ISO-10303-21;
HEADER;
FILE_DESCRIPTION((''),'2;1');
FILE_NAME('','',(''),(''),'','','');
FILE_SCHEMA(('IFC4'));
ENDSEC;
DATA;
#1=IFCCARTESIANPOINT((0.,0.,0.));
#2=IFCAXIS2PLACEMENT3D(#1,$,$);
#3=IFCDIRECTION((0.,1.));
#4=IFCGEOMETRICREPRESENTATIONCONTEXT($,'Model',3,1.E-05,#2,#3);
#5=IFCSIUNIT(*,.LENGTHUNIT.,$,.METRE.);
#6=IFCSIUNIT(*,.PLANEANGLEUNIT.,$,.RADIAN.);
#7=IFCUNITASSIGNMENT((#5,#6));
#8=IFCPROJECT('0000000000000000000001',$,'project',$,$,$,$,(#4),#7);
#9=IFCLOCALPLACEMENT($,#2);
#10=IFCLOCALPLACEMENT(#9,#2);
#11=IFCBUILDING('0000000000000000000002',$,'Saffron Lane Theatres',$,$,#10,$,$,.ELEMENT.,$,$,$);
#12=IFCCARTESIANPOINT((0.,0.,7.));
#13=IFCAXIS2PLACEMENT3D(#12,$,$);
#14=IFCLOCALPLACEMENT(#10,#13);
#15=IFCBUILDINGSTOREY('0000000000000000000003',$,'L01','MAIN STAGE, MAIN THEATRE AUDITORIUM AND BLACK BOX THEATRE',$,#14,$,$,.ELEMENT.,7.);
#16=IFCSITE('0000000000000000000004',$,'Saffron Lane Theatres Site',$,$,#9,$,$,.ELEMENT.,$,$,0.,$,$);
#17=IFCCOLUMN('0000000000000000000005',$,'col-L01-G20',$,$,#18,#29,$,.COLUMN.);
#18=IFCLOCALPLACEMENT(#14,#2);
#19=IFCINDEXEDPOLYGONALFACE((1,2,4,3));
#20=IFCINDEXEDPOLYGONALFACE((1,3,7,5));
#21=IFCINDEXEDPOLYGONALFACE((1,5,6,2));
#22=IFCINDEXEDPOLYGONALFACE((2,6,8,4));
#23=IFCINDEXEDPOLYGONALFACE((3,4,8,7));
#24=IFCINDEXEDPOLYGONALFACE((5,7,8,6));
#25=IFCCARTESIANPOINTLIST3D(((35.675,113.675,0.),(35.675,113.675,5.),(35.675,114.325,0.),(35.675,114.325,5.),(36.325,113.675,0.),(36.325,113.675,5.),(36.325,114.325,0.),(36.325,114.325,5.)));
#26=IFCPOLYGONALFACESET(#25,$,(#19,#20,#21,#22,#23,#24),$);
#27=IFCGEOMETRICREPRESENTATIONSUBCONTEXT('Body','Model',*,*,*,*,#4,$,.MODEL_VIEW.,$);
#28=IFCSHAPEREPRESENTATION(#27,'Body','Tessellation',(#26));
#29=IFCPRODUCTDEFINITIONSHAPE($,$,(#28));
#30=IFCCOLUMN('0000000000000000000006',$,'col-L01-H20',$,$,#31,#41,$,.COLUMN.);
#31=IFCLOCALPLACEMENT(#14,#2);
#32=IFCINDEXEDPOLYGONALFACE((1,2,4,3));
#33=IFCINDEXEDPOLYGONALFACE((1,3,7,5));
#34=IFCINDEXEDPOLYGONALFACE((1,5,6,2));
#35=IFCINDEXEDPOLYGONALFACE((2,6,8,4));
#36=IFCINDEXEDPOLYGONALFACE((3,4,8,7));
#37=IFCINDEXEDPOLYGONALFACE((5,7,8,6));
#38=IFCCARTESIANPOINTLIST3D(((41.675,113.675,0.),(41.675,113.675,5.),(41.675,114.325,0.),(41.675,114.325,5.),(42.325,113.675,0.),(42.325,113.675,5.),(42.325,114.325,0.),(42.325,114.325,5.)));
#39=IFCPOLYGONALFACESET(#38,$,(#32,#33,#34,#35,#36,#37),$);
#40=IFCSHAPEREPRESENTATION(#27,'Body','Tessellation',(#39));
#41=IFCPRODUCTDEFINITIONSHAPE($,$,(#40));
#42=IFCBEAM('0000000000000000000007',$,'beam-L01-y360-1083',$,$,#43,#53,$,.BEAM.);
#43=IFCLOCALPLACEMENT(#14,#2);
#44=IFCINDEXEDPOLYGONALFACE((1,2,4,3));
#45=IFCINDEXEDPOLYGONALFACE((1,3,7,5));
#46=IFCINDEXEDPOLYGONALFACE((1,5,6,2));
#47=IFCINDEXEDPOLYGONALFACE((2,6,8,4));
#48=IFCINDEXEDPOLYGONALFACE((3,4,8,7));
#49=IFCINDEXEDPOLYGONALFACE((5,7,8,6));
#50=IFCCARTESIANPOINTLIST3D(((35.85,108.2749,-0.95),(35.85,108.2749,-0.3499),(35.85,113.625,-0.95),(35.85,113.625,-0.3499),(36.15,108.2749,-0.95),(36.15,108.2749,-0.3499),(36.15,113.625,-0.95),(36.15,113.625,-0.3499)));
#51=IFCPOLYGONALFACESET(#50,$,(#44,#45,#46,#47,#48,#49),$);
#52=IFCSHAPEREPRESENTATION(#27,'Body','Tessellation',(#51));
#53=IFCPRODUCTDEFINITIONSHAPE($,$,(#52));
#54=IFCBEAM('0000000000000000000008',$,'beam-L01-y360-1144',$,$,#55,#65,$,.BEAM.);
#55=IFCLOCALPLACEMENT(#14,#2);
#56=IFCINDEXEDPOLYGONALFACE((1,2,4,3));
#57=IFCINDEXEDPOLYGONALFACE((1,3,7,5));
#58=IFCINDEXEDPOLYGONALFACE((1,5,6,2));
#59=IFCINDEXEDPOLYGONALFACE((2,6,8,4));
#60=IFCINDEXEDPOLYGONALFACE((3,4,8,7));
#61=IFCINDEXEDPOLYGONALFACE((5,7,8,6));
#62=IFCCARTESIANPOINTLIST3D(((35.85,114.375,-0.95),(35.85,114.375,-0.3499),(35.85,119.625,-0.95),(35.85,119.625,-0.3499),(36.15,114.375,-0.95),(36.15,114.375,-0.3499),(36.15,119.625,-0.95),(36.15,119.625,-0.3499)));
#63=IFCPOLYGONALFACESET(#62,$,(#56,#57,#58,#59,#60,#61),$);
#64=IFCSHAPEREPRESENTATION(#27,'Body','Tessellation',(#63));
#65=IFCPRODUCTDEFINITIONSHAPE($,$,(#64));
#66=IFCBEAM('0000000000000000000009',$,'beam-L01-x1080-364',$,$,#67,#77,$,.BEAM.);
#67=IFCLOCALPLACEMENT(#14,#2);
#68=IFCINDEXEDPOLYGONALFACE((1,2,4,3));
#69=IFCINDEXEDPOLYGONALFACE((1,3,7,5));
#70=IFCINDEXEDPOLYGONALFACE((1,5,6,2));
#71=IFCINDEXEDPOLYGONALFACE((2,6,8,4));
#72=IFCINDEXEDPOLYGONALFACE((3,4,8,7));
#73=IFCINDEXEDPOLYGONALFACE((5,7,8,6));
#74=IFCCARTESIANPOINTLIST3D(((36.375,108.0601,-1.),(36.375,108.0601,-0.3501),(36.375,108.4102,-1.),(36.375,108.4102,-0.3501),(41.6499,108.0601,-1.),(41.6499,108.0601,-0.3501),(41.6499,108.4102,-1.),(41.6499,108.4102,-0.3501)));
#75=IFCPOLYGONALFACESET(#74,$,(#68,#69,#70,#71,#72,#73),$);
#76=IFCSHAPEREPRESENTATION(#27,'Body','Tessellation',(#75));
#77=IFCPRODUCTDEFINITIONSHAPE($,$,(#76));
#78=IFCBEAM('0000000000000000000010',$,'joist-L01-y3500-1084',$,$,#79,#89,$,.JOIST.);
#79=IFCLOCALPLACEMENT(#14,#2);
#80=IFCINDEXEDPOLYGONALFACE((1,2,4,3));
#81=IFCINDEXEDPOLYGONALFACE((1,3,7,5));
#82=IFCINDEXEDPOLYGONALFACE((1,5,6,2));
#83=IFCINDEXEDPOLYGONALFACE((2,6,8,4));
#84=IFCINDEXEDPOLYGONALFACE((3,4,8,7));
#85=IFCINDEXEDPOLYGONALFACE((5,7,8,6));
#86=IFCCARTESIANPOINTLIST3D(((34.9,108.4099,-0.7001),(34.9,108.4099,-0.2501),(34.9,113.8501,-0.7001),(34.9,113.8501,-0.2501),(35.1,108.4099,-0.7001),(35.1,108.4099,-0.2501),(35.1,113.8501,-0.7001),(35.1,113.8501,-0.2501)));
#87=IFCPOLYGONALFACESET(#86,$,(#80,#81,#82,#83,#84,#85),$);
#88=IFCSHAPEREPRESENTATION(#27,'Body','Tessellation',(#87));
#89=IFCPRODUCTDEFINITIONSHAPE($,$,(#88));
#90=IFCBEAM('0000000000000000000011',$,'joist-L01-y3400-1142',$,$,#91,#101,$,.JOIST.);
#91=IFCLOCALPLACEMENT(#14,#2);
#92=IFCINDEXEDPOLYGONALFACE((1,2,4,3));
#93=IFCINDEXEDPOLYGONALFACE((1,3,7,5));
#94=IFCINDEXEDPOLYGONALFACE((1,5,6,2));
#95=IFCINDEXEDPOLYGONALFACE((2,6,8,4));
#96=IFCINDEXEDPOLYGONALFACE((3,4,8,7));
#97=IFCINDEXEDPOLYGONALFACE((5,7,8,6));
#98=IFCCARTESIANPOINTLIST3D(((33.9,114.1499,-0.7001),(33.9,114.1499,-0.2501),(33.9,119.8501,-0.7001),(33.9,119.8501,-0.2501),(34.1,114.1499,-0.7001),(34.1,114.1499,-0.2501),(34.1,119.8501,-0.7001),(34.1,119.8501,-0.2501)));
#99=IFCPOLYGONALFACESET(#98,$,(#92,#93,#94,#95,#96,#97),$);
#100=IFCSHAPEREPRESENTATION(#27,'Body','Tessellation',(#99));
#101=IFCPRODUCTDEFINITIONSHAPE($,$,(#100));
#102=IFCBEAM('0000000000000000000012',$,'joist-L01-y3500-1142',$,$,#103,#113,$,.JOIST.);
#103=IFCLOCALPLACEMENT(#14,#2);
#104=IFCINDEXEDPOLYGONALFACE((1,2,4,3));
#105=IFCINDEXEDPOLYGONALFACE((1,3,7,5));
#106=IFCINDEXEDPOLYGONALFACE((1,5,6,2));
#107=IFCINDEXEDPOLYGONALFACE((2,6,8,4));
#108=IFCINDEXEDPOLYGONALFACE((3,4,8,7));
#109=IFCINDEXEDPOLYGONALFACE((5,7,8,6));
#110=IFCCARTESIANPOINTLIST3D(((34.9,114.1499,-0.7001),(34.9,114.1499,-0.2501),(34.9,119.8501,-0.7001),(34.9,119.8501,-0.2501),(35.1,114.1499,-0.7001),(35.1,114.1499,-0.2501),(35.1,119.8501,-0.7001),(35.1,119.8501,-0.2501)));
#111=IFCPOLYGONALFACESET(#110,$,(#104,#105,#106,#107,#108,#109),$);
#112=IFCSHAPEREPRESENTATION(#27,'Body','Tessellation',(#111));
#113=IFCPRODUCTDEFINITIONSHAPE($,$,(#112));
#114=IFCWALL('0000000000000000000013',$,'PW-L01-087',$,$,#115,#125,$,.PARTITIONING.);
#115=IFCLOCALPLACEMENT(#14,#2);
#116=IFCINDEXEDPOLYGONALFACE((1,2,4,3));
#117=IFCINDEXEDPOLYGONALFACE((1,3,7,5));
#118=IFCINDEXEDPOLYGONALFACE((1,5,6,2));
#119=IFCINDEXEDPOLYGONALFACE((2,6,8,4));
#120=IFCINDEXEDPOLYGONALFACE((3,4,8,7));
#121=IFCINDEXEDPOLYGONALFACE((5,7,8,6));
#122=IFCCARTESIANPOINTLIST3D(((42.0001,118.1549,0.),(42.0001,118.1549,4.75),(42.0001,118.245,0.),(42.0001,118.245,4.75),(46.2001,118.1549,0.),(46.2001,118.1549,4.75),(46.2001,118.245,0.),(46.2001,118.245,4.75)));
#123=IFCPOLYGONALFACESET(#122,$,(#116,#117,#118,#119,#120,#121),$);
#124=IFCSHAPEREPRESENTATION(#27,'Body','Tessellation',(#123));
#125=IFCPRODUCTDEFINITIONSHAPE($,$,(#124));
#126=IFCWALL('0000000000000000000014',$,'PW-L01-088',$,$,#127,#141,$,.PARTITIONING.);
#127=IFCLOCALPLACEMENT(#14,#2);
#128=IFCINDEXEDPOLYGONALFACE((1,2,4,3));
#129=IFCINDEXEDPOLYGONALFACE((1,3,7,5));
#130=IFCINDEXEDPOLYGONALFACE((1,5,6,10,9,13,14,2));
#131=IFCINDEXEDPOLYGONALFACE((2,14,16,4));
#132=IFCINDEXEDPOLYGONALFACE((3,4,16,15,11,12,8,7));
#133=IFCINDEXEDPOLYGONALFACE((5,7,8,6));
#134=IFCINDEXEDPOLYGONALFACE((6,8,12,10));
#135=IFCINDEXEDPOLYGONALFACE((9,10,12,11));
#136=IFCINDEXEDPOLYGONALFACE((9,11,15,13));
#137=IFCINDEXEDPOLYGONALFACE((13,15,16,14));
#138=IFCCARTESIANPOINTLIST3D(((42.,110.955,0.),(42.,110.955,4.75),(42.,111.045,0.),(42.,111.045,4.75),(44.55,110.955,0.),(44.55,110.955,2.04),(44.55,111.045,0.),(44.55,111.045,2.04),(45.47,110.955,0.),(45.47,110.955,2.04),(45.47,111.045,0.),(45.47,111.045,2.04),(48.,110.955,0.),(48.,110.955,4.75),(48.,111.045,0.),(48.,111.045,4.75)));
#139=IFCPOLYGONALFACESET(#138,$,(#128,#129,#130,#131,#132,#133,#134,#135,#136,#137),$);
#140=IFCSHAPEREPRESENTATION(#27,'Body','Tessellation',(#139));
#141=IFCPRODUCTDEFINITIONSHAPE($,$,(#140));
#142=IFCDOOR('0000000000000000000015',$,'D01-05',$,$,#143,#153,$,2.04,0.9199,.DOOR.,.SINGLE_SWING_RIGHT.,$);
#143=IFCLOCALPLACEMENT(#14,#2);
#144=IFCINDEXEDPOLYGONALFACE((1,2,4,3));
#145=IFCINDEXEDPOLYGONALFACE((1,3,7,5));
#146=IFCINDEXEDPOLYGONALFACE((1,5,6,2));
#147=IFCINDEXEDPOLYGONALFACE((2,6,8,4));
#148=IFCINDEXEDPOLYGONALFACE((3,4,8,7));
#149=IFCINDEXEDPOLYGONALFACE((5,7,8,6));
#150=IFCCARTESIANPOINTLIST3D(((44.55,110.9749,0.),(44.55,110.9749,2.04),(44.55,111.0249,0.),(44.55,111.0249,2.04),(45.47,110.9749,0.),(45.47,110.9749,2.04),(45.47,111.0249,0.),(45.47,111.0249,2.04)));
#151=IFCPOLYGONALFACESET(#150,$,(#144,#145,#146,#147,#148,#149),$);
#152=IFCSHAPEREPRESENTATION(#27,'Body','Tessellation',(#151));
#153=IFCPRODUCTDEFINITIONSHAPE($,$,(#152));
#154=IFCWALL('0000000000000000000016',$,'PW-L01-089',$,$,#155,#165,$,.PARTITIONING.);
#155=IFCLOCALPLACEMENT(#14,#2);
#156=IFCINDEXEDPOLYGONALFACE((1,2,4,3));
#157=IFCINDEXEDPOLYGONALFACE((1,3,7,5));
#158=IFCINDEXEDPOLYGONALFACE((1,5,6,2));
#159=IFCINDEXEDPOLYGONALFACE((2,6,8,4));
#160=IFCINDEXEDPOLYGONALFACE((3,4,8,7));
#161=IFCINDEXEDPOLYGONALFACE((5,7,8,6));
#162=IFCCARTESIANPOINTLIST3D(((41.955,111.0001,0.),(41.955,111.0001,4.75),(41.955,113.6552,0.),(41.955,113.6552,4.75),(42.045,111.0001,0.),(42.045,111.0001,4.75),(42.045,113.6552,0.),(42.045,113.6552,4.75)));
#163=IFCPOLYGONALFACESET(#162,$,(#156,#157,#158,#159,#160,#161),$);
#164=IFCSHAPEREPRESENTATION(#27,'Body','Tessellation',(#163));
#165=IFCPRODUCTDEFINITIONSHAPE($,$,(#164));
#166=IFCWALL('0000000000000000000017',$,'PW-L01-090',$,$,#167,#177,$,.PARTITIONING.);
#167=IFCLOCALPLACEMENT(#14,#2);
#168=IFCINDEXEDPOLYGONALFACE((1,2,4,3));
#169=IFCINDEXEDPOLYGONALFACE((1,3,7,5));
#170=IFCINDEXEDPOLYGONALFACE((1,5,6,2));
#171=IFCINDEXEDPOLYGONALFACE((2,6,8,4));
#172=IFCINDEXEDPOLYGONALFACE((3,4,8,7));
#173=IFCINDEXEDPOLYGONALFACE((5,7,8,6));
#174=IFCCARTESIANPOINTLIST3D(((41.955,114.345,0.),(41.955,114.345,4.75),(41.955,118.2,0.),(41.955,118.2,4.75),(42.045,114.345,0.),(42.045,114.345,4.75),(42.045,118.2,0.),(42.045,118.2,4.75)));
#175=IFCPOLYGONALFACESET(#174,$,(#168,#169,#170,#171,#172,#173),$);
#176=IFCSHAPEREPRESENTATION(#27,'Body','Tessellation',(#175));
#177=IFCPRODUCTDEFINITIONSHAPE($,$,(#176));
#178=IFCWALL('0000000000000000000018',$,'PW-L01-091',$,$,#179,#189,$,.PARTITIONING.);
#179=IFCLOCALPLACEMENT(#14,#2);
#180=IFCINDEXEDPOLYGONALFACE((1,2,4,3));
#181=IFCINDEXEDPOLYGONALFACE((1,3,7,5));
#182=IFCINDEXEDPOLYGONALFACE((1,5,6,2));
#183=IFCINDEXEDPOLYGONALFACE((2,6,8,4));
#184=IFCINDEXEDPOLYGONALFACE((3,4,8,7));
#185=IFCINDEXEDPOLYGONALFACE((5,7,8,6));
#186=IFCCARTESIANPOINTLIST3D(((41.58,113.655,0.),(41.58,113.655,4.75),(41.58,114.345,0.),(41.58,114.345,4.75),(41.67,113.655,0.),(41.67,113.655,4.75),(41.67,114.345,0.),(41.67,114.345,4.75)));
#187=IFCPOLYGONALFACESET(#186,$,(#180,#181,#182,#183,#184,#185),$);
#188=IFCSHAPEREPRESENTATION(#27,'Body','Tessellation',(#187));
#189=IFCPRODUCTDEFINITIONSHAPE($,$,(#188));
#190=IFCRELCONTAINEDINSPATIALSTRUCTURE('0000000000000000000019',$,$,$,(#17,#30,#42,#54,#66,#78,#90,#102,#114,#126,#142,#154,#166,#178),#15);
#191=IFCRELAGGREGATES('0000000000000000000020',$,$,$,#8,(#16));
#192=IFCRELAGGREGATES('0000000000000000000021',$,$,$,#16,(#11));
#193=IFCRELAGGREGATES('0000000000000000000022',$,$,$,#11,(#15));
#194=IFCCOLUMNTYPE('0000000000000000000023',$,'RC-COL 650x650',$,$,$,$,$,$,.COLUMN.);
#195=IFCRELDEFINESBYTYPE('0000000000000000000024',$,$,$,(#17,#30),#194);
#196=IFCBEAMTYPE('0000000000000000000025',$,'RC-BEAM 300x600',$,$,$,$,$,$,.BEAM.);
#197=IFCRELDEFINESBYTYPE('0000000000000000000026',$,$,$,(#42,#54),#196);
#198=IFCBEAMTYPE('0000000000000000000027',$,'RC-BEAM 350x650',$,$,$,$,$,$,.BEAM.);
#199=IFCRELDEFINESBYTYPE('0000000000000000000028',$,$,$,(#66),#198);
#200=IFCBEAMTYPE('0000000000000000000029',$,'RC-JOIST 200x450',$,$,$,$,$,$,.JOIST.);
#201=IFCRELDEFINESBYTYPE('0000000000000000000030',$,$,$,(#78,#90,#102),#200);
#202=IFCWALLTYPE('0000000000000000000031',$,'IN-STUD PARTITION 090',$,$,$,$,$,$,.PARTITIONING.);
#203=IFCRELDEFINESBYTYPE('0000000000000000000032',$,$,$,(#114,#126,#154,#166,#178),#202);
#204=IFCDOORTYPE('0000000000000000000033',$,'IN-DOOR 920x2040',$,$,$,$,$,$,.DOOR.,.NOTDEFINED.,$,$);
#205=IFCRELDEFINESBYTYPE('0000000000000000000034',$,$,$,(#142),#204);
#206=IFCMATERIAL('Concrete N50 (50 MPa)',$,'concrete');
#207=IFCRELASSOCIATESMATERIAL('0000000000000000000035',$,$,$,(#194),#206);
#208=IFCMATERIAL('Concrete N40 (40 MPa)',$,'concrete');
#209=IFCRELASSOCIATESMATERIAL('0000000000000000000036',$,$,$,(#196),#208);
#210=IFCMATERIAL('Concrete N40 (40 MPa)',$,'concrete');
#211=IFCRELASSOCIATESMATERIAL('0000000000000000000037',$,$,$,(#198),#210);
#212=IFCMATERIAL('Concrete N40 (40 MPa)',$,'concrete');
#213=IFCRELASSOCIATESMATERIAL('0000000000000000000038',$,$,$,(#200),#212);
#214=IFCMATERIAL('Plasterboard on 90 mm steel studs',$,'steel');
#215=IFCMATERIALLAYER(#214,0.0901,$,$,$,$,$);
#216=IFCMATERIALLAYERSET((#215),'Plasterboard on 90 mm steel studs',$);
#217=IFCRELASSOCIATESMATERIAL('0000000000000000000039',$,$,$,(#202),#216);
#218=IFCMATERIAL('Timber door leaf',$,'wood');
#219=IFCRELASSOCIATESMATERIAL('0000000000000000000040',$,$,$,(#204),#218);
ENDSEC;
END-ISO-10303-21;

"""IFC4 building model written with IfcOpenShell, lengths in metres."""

from ifc_helpers import new_model, si_unit, direction, frame, frame_2d, origin, origin_2d, place, context, subcontext, project, spatial, rectangle, extrude, material, layer, layer_set, material_profile, profile_set, type_object, element, fill, save


model = new_model("IFC4")

# Units and contexts
model_context = context("Model", 3, precision=1e-05, world=origin(), true_north=direction((0.0, 1.0)))
body_context = subcontext(model_context, "Body", "Model", "MODEL_VIEW")
ifc_project = project(units=[si_unit("LENGTHUNIT", "METRE"), si_unit("PLANEANGLEUNIT", "RADIAN")], contexts=[model_context])

# Site, building, storey
site_placement = place(None, origin())
site = spatial("IfcSite", under=ifc_project, at=site_placement, Name="Saffron Lane Theatres Site", CompositionType="ELEMENT", RefElevation=0.0)
building_placement = place(site_placement, origin())
building = spatial("IfcBuilding", under=site, at=building_placement, Name="Saffron Lane Theatres", CompositionType="ELEMENT")
storey_placement = place(building_placement, frame((0.0, 0.0, 7.0)))
storey = spatial("IfcBuildingStorey", under=building, at=storey_placement, Name="L01", Description="MAIN STAGE, MAIN THEATRE AUDITORIUM AND BLACK BOX THEATRE", CompositionType="ELEMENT", Elevation=7.0)

# Columns
ifc_material_1 = material(Name="Concrete N50 (50 MPa)", Category="concrete")
ifc_material_profile_1 = material_profile(ifc_material_1, rectangle(XDim=0.6499, YDim=0.6499, at=origin_2d()))
ifc_profile_set_1 = profile_set([ifc_material_profile_1], Name="Concrete N50 (50 MPa)")
column_type = type_object("IfcColumnType", Name="RC-COL 650x650", PredefinedType="COLUMN", material=ifc_profile_set_1)
for number, where, z_axis, x_axis, name in (
    (1, (36.0, 114.0, 0.0), (0.0, 0.0, 1.0), (1.0, 0.0, 0.0), "col-L01-G20"),
    (2, (42.0, 114.0, 0.0), (0.0, 0.0, 1.0), (1.0, 0.0, 0.0), "col-L01-H20"),
):
    element("IfcColumn", number, at=place(storey_placement, frame(where, z_axis=z_axis, x_axis=x_axis)), inside=storey, type_object=column_type, Name=name, PredefinedType="COLUMN", context=body_context, shape_type="SweptSolid", body=[
        extrude(rectangle(XDim=0.6499, YDim=0.6499, at=origin_2d()), origin(), (0.0, 0.0, 1.0), 5.0),
    ])

# Beams
ifc_material_2 = material(Name="Concrete N40 (40 MPa)", Category="concrete")
ifc_material_profile_2 = material_profile(ifc_material_2, rectangle(XDim=0.3, YDim=0.6001, at=origin_2d()))
ifc_profile_set_2 = profile_set([ifc_material_profile_2], Name="Concrete N40 (40 MPa)")
beam_type_1 = type_object("IfcBeamType", Name="RC-BEAM 300x600", PredefinedType="BEAM", material=ifc_profile_set_2)
beam_1_placement = place(storey_placement, frame((36.0, 108.2749, -0.6499), z_axis=(0.0, 1.0, 0.0), x_axis=(-1.0, 0.0, 0.0)))
element("IfcBeam", 3, at=beam_1_placement, inside=storey, type_object=beam_type_1, Name="beam-L01-y360-1083", PredefinedType="BEAM", context=body_context, shape_type="SweptSolid", body=[
    extrude(rectangle(XDim=0.3, YDim=0.6001, at=origin_2d()), origin(), (0.0, 0.0, 1.0), 5.3501),
])
beam_2_placement = place(storey_placement, frame((36.0, 114.375, -0.6499), z_axis=(0.0, 1.0, 0.0), x_axis=(-1.0, 0.0, 0.0)))
element("IfcBeam", 4, at=beam_2_placement, inside=storey, type_object=beam_type_1, Name="beam-L01-y360-1144", PredefinedType="BEAM", context=body_context, shape_type="SweptSolid", body=[
    extrude(rectangle(XDim=0.3, YDim=0.6001, at=origin_2d()), origin(), (0.0, 0.0, 1.0), 5.25),
])
ifc_material_3 = material(Name="Concrete N40 (40 MPa)", Category="concrete")
ifc_material_profile_3 = material_profile(ifc_material_3, rectangle(XDim=0.3501, YDim=0.6499, at=origin_2d()))
ifc_profile_set_3 = profile_set([ifc_material_profile_3], Name="Concrete N40 (40 MPa)")
beam_type_2 = type_object("IfcBeamType", Name="RC-BEAM 350x650", PredefinedType="BEAM", material=ifc_profile_set_3)
beam_3_placement = place(storey_placement, frame((36.375, 108.2351, -0.675), z_axis=(1.0, 0.0, 0.0), x_axis=(0.0, 1.0, 0.0)))
element("IfcBeam", 5, at=beam_3_placement, inside=storey, type_object=beam_type_2, Name="beam-L01-x1080-364", PredefinedType="BEAM", context=body_context, shape_type="SweptSolid", body=[
    extrude(rectangle(XDim=0.3501, YDim=0.6499, at=origin_2d()), origin(), (0.0, 0.0, 1.0), 5.2749),
])
ifc_material_4 = material(Name="Concrete N40 (40 MPa)", Category="concrete")
ifc_material_profile_4 = material_profile(ifc_material_4, rectangle(XDim=0.2, YDim=0.45, at=origin_2d()))
ifc_profile_set_4 = profile_set([ifc_material_profile_4], Name="Concrete N40 (40 MPa)")
beam_type_3 = type_object("IfcBeamType", Name="RC-JOIST 200x450", PredefinedType="JOIST", material=ifc_profile_set_4)
beam_4_placement = place(storey_placement, frame((35.0, 108.4099, -0.4751), z_axis=(0.0, 1.0, 0.0), x_axis=(-1.0, 0.0, 0.0)))
element("IfcBeam", 6, at=beam_4_placement, inside=storey, type_object=beam_type_3, Name="joist-L01-y3500-1084", PredefinedType="JOIST", context=body_context, shape_type="SweptSolid", body=[
    extrude(rectangle(XDim=0.2, YDim=0.45, at=origin_2d()), origin(), (0.0, 0.0, 1.0), 5.4402),
])
for number, where, z_axis, x_axis, name in (
    (7, (34.0, 114.1499, -0.4751), (0.0, 1.0, 0.0), (-1.0, 0.0, 0.0), "joist-L01-y3400-1142"),
    (8, (35.0, 114.1499, -0.4751), (0.0, 1.0, 0.0), (-1.0, 0.0, 0.0), "joist-L01-y3500-1142"),
):
    element("IfcBeam", number, at=place(storey_placement, frame(where, z_axis=z_axis, x_axis=x_axis)), inside=storey, type_object=beam_type_3, Name=name, PredefinedType="JOIST", context=body_context, shape_type="SweptSolid", body=[
        extrude(rectangle(XDim=0.2, YDim=0.45, at=origin_2d()), origin(), (0.0, 0.0, 1.0), 5.7002),
    ])

# Wall
ifc_material_5 = material(Name="Plasterboard on 90 mm steel studs", Category="steel")
ifc_layer_1 = layer(ifc_material_5, 0.0901)
ifc_layer_set_1 = layer_set([ifc_layer_1], Name="Plasterboard on 90 mm steel studs")
wall_type_1 = type_object("IfcWallType", Name="IN-STUD PARTITION 090", PredefinedType="PARTITIONING", material=ifc_layer_set_1)
wall_1_placement = place(storey_placement, frame((42.0, 118.2, 0.0), z_axis=(0.0, 0.0, 1.0), x_axis=(1.0, 0.0, 0.0)))
element("IfcWall", 9, at=wall_1_placement, inside=storey, type_object=wall_type_1, Name="PW-L01-087", PredefinedType="PARTITIONING", context=body_context, shape_type="SweptSolid", body=[
    extrude(rectangle(XDim=4.2, YDim=0.0901, at=frame_2d((2.1001, 0.0))), origin(), (0.0, 0.0, 1.0), 4.75),
])

# Wall, opening, door
wall_2_placement = place(storey_placement, frame((42.0, 111.0, 0.0), z_axis=(0.0, 0.0, 1.0), x_axis=(1.0, 0.0, 0.0)))
wall_2 = element("IfcWall", 10, at=wall_2_placement, inside=storey, type_object=wall_type_1, Name="PW-L01-088", PredefinedType="PARTITIONING", context=body_context, shape_type="SweptSolid", body=[
    extrude(rectangle(XDim=6.0, YDim=0.0901, at=frame_2d((3.0, 0.0))), origin(), (0.0, 0.0, 1.0), 4.75),
])
opening_1_placement = place(wall_2_placement, frame((2.55, 0.0, 0.0)))
opening_1 = element("IfcOpeningElement", 11, at=opening_1_placement, cuts=wall_2, PredefinedType="OPENING", context=body_context, shape_type="SweptSolid", body=[
    extrude(rectangle(XDim=0.9199, YDim=2.04, at=frame_2d((0.46, 1.02))), frame((0.0, 0.0552, 0.0), z_axis=(0.0, -1.0, 0.0), x_axis=(1.0, 0.0, 0.0)), (0.0, 0.0, 1.0), 0.1101),
])
ifc_material_6 = material(Name="Timber door leaf", Category="wood")
door_type = type_object("IfcDoorType", Name="IN-DOOR 920x2040", OperationType="NOTDEFINED", PredefinedType="DOOR", material=ifc_material_6)
door_1_placement = place(opening_1_placement, origin())
door_1 = element("IfcDoor", 12, at=door_1_placement, inside=storey, type_object=door_type, Name="D01-05", OperationType="SINGLE_SWING_RIGHT", OverallHeight=2.04, OverallWidth=0.9199, PredefinedType="DOOR", context=body_context, shape_type="SweptSolid", body=[
    extrude(rectangle(XDim=0.9199, YDim=2.04, at=frame_2d((0.46, 1.02))), frame((0.0, 0.0249, 0.0), z_axis=(0.0, -1.0, 0.0), x_axis=(1.0, 0.0, 0.0)), (0.0, 0.0, 1.0), 0.05),
])
fill(opening_1, door_1)

# Walls
wall_3_placement = place(storey_placement, frame((42.0, 111.0, 0.0), z_axis=(0.0, 0.0, 1.0), x_axis=(0.0, 1.0, 0.0)))
element("IfcWall", 13, at=wall_3_placement, inside=storey, type_object=wall_type_1, Name="PW-L01-089", PredefinedType="PARTITIONING", context=body_context, shape_type="SweptSolid", body=[
    extrude(rectangle(XDim=2.655, YDim=0.0901, at=frame_2d((1.3276, 0.0))), origin(), (0.0, 0.0, 1.0), 4.75),
])
wall_4_placement = place(storey_placement, frame((42.0, 114.345, 0.0), z_axis=(0.0, 0.0, 1.0), x_axis=(0.0, 1.0, 0.0)))
element("IfcWall", 14, at=wall_4_placement, inside=storey, type_object=wall_type_1, Name="PW-L01-090", PredefinedType="PARTITIONING", context=body_context, shape_type="SweptSolid", body=[
    extrude(rectangle(XDim=3.855, YDim=0.0901, at=frame_2d((1.9275, 0.0))), origin(), (0.0, 0.0, 1.0), 4.75),
])
wall_5_placement = place(storey_placement, frame((41.625, 113.655, 0.0), z_axis=(0.0, 0.0, 1.0), x_axis=(0.0, 1.0, 0.0)))
element("IfcWall", 15, at=wall_5_placement, inside=storey, type_object=wall_type_1, Name="PW-L01-091", PredefinedType="PARTITIONING", context=body_context, shape_type="SweptSolid", body=[
    extrude(rectangle(XDim=0.6899, YDim=0.0901, at=frame_2d((0.345, 0.0))), origin(), (0.0, 0.0, 1.0), 4.75),
])

save(model, "model.ifc")
